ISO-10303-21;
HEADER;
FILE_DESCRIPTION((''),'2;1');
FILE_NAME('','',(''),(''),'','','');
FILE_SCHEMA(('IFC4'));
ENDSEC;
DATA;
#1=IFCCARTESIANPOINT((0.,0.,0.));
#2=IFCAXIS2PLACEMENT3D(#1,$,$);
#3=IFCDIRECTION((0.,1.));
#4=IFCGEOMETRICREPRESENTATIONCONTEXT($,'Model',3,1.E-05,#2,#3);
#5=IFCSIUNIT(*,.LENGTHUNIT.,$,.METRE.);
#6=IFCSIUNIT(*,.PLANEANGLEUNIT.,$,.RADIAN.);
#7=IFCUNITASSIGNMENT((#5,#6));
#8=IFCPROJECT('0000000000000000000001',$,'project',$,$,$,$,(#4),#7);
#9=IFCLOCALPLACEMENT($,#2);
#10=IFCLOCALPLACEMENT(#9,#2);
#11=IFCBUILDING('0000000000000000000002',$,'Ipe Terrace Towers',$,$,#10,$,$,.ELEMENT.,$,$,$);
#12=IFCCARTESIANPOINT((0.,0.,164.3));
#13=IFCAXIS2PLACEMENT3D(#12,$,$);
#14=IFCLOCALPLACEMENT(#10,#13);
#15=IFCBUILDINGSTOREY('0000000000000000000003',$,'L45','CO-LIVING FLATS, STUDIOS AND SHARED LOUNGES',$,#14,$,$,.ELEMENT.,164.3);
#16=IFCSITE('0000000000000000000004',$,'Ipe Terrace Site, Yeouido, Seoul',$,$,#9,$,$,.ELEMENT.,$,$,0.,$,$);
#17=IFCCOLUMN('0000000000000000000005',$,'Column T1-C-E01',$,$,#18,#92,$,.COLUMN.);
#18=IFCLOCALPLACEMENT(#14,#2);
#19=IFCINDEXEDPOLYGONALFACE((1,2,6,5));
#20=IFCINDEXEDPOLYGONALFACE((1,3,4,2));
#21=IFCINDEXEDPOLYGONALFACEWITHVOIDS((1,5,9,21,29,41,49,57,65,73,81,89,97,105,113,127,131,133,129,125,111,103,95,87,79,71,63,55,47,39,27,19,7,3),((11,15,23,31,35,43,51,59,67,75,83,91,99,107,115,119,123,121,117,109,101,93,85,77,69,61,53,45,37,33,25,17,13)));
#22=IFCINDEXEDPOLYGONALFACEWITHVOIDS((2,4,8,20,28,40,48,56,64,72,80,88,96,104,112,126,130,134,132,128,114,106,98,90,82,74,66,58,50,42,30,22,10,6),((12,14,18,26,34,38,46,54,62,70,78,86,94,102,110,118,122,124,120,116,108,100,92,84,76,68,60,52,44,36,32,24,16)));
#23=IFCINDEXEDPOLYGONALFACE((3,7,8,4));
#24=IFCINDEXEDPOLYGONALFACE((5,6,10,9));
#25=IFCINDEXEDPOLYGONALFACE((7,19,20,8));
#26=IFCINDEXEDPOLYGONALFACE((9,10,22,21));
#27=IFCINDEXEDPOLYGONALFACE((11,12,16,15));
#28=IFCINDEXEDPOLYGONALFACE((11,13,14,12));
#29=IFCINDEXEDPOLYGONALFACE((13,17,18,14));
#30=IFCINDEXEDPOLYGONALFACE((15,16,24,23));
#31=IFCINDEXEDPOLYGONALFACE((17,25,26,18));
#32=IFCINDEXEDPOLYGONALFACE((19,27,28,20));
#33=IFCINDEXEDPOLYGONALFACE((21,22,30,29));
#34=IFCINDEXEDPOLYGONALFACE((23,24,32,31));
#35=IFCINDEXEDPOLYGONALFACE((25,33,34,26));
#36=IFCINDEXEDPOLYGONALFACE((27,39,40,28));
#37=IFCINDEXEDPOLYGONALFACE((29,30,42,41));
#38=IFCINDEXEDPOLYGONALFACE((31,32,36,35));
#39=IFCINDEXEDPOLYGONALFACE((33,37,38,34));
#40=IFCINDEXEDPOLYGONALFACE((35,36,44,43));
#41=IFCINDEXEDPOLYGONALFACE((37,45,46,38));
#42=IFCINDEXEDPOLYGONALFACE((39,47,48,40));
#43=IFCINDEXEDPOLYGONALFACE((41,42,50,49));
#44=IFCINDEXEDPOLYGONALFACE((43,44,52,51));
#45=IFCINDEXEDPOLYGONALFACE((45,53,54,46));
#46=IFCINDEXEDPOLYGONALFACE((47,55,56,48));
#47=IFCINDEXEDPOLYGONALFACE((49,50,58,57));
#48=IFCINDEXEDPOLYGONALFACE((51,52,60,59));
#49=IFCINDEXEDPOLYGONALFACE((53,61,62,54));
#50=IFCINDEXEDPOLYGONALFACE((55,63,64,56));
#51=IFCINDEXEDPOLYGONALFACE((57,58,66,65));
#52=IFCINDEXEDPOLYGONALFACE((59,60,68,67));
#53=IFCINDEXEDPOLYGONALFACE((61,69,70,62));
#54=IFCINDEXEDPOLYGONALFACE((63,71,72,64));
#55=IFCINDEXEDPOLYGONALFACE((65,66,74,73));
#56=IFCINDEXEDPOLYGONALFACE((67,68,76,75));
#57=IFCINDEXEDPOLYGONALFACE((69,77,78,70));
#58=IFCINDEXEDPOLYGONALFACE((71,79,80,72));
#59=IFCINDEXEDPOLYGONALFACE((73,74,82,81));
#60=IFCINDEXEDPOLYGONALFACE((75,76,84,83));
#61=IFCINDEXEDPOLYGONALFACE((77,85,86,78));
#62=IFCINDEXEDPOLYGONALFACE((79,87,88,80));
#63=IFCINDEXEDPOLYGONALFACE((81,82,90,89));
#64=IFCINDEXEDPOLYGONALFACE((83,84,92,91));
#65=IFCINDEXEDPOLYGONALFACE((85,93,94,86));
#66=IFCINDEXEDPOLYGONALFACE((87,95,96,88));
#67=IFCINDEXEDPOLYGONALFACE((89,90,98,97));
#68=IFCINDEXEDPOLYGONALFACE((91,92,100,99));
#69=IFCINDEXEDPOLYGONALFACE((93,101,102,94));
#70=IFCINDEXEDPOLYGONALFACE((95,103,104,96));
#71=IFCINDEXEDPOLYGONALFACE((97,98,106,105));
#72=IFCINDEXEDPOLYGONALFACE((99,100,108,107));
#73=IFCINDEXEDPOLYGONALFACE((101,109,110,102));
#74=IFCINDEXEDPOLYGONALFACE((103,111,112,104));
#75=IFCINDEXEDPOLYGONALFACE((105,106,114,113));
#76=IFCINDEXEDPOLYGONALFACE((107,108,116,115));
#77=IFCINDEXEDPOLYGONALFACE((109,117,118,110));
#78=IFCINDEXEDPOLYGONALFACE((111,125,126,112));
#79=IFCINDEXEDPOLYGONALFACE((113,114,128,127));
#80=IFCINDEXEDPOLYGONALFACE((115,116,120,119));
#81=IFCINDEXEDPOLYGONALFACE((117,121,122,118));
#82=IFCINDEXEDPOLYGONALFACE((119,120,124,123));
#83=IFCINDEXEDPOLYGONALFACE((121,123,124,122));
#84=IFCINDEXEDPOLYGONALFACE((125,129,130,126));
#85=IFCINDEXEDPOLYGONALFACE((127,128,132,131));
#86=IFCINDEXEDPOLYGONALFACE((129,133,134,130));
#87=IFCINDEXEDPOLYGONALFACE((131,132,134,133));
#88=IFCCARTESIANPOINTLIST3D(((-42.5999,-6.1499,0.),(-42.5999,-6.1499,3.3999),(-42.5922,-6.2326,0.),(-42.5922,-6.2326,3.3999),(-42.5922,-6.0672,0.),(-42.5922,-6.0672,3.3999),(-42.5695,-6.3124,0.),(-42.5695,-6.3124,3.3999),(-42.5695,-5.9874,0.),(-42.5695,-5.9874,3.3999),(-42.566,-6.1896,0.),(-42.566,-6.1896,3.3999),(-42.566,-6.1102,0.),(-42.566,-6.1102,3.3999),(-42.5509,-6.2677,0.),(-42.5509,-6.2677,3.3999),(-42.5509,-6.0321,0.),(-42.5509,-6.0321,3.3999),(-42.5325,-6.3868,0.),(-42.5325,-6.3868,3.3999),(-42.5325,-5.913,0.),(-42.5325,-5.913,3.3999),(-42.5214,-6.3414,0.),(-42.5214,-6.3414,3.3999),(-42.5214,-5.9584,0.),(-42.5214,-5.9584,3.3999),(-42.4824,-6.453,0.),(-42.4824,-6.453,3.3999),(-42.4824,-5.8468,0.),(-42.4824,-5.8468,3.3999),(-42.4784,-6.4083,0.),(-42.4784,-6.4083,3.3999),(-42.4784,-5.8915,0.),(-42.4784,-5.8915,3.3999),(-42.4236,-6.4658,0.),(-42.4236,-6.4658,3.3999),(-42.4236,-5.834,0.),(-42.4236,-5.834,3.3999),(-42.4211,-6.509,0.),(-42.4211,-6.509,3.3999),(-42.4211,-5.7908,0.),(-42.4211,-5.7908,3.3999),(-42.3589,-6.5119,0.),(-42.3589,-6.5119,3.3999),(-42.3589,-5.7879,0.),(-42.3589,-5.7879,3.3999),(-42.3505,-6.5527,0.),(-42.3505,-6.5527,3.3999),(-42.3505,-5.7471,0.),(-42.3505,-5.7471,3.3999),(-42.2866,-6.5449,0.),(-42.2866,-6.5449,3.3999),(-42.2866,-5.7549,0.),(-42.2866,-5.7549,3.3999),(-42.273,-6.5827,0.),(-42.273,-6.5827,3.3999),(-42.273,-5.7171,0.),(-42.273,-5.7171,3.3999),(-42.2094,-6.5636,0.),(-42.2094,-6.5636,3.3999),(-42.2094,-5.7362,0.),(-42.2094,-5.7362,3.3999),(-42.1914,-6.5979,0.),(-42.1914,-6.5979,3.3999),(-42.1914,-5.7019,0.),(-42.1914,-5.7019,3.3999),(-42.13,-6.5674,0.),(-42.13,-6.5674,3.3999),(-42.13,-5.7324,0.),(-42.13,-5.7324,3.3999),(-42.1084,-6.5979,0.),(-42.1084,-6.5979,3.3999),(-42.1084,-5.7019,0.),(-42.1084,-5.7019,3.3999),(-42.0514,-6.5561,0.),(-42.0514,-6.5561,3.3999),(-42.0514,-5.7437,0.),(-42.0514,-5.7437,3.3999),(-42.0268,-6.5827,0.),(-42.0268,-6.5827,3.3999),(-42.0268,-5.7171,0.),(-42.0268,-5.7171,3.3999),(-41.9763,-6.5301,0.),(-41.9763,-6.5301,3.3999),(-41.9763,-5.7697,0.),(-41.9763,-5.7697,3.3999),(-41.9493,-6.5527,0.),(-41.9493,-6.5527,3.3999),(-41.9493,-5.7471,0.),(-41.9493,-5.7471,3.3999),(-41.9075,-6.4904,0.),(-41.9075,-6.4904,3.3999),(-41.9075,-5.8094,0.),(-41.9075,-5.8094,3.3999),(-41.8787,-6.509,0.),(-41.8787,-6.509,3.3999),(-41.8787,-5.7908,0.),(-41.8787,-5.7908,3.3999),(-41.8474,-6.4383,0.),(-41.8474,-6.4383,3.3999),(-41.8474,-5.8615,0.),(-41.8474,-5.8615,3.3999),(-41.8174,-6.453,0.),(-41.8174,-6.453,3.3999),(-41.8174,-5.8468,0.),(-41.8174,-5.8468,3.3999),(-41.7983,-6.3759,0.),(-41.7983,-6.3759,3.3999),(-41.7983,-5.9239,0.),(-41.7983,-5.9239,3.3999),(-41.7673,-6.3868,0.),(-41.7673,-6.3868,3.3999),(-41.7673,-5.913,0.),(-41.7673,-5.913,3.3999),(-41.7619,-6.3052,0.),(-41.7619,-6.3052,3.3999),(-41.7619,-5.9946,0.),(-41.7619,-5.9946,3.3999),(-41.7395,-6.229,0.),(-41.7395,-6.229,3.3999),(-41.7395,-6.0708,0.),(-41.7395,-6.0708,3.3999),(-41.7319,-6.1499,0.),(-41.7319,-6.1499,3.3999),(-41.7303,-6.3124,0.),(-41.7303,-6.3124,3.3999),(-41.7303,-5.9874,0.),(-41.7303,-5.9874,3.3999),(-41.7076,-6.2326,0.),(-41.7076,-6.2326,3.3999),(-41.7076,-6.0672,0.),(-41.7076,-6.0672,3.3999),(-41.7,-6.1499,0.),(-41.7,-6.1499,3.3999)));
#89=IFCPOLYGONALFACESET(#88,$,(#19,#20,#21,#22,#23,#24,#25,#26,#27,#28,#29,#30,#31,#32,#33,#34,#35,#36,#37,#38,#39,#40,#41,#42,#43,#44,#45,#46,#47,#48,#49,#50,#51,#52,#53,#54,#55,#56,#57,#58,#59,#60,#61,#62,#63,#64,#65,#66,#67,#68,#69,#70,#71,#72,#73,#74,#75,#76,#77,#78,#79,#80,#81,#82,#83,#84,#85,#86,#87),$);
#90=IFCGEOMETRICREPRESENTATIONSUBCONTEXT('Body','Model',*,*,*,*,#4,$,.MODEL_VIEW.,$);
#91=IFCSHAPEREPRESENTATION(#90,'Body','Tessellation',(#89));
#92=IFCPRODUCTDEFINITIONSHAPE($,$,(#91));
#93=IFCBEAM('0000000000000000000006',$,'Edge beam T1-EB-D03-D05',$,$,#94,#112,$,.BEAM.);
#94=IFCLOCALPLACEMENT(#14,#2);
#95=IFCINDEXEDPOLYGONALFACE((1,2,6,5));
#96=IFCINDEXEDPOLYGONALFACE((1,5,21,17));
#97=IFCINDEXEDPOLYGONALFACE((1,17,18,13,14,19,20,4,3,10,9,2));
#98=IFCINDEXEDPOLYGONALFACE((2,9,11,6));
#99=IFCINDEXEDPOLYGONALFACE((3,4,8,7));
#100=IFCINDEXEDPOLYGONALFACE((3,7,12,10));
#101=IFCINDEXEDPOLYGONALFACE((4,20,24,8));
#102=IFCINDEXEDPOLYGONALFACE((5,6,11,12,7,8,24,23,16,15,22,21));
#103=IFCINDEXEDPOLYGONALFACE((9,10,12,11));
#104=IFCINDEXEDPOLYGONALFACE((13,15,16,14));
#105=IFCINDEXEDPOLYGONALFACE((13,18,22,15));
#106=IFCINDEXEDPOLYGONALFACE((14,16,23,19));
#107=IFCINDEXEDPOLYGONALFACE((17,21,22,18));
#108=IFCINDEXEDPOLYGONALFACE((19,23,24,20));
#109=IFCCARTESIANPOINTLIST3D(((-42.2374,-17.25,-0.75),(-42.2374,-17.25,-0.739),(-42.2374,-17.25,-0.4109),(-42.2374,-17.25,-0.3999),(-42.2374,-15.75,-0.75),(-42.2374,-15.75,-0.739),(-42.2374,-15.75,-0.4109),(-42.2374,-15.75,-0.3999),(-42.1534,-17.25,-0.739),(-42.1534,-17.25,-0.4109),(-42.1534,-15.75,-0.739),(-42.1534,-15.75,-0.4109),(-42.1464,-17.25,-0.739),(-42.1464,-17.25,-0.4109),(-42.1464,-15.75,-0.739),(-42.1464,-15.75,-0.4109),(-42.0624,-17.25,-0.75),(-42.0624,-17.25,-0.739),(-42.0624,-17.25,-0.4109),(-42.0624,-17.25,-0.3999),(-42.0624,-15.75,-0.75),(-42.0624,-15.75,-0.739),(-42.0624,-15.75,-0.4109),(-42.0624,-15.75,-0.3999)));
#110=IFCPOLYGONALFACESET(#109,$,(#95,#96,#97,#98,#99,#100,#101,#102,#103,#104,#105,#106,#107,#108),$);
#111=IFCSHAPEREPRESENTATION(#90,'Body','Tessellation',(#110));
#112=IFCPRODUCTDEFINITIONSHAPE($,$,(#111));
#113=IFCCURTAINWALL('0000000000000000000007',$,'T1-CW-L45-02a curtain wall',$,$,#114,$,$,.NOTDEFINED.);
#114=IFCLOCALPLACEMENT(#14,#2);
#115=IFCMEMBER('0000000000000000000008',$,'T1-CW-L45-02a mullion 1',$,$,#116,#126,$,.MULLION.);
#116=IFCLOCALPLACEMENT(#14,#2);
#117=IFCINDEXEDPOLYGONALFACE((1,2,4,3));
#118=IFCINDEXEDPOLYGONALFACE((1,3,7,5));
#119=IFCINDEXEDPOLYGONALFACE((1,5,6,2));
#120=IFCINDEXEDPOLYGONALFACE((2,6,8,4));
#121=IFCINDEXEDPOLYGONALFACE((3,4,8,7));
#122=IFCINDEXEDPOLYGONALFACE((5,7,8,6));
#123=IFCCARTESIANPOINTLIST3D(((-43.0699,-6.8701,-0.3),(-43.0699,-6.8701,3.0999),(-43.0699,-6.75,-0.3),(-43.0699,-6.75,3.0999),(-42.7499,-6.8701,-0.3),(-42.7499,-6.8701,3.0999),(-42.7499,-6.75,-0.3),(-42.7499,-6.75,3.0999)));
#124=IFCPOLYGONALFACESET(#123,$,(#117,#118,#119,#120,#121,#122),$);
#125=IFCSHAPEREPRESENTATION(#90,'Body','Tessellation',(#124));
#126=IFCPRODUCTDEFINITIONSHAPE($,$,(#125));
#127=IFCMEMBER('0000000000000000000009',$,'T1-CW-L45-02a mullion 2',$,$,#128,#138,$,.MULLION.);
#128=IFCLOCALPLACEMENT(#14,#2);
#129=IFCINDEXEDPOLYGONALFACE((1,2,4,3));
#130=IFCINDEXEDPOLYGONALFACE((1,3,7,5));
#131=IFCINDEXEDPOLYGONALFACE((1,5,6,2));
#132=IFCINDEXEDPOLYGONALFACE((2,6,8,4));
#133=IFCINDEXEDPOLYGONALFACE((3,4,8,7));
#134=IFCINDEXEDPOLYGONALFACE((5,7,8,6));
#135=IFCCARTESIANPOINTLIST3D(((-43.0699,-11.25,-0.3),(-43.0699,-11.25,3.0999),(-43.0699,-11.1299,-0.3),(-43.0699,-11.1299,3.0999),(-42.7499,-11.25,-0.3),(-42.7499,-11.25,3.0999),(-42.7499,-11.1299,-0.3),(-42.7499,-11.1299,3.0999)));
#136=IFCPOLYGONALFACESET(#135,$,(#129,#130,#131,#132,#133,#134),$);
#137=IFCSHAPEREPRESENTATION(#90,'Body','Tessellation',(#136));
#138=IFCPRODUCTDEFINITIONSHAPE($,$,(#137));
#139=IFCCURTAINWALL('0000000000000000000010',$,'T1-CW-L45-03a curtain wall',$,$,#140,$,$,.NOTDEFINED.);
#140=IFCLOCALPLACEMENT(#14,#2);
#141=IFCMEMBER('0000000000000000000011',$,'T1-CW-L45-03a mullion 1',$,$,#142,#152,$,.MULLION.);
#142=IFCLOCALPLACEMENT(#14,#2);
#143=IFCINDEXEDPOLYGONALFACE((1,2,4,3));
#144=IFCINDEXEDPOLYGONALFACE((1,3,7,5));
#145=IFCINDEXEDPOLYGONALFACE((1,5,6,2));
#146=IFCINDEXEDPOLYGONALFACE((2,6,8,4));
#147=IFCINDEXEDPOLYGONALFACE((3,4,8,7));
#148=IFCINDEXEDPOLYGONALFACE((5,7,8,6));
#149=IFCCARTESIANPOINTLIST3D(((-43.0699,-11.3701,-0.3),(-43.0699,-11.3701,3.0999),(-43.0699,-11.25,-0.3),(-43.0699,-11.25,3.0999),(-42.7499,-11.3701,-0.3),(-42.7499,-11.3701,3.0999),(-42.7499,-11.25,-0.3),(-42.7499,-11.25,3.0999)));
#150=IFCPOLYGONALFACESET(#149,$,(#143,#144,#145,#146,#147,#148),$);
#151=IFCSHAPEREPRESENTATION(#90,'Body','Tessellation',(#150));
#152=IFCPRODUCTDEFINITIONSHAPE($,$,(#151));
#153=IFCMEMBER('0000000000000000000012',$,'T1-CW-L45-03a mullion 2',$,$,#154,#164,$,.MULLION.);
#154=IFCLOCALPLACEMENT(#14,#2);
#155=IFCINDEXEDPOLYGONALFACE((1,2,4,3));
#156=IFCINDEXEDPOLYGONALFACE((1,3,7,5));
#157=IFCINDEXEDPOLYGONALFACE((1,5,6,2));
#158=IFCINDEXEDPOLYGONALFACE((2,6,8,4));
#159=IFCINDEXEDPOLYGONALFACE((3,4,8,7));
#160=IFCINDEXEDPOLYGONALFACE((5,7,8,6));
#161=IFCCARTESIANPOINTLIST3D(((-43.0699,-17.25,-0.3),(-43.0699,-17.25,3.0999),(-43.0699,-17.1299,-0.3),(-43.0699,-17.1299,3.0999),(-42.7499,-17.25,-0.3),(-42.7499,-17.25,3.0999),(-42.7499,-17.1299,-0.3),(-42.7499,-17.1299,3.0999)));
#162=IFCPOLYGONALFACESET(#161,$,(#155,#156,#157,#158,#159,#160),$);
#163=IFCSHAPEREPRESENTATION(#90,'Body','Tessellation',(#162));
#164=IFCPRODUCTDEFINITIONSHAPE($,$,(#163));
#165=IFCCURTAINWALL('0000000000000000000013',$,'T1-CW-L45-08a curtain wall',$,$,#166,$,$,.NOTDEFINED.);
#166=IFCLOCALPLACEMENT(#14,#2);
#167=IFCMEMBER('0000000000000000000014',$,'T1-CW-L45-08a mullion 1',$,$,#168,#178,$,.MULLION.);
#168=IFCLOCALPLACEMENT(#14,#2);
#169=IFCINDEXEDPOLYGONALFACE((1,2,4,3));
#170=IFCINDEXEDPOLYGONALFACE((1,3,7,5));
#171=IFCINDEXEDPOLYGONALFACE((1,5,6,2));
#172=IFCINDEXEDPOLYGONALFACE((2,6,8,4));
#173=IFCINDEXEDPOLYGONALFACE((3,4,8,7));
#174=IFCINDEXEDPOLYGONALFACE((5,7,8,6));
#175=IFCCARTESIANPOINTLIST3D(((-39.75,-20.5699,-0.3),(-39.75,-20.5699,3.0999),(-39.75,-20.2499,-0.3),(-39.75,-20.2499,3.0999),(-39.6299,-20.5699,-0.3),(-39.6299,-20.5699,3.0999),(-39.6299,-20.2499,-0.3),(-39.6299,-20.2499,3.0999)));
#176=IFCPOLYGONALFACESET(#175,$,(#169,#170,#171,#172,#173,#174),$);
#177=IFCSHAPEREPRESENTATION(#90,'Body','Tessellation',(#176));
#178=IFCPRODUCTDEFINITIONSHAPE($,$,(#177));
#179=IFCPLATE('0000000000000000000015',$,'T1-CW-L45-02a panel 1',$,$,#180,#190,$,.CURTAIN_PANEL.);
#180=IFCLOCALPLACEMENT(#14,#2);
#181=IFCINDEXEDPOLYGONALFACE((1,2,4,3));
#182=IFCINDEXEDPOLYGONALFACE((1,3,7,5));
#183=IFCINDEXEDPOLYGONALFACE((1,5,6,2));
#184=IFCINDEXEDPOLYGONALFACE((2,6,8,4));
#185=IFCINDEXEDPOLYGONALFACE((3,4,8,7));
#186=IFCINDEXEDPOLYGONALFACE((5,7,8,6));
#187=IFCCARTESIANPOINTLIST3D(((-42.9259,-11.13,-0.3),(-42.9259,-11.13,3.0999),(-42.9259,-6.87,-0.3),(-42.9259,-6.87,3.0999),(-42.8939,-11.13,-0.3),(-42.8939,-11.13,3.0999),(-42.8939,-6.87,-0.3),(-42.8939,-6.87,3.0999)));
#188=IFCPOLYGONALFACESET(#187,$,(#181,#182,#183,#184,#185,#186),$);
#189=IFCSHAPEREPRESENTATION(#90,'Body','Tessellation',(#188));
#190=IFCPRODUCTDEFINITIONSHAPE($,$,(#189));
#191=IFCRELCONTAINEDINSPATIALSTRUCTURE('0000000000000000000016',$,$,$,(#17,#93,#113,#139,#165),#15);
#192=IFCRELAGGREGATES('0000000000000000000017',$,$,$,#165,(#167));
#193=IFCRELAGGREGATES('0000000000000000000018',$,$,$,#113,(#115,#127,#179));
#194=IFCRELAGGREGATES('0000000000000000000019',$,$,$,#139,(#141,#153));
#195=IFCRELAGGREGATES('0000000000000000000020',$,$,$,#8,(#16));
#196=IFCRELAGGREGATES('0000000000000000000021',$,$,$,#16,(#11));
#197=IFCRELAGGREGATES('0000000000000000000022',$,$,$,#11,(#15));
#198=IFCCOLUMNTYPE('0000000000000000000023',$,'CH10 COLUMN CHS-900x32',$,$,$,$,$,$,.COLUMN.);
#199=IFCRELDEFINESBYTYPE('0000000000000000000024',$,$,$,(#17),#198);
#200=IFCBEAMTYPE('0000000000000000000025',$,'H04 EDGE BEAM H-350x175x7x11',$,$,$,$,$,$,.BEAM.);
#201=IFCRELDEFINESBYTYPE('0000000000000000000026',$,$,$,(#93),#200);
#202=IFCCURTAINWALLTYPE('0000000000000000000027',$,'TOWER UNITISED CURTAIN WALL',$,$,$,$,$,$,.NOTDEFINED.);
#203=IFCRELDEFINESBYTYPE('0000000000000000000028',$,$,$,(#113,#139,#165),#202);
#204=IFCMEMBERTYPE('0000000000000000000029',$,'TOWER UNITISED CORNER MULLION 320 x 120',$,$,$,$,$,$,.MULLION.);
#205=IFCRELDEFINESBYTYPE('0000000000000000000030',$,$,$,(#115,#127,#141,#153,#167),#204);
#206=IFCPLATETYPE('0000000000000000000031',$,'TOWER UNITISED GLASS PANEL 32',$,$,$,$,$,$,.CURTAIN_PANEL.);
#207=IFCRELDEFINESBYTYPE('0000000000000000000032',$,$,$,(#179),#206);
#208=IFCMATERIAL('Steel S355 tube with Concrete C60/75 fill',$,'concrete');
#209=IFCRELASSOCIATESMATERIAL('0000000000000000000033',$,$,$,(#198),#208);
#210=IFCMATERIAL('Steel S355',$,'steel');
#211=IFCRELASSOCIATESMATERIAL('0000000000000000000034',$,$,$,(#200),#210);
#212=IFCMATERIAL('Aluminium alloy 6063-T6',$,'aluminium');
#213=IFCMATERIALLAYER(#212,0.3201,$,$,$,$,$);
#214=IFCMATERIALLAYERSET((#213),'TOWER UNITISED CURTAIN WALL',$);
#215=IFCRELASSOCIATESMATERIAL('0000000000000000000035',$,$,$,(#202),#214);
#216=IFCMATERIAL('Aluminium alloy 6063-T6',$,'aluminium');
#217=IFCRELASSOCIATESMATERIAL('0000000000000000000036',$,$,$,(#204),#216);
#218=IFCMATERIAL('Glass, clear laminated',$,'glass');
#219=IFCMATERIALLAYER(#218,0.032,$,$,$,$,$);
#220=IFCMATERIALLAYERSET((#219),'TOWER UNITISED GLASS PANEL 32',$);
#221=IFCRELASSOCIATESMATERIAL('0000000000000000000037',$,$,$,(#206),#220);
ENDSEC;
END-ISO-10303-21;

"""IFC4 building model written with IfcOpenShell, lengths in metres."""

from ifc_helpers import new_model, si_unit, direction, frame, origin, origin_2d, place, context, subcontext, project, spatial, rectangle, hollow_circle, i_section, extrude, material, layer, layer_set, material_profile, profile_set, type_object, element, aggregate, save


model = new_model("IFC4")

# Units and contexts
model_context = context("Model", 3, precision=1e-05, world=origin(), true_north=direction((0.0, 1.0)))
body_context = subcontext(model_context, "Body", "Model", "MODEL_VIEW")
ifc_project = project(units=[si_unit("LENGTHUNIT", "METRE"), si_unit("PLANEANGLEUNIT", "RADIAN")], contexts=[model_context])

# Site, building, storey
site_placement = place(None, origin())
site = spatial("IfcSite", under=ifc_project, at=site_placement, Name="Ipe Terrace Site, Yeouido, Seoul", CompositionType="ELEMENT", RefElevation=0.0)
building_placement = place(site_placement, origin())
building = spatial("IfcBuilding", under=site, at=building_placement, Name="Ipe Terrace Towers", CompositionType="ELEMENT")
storey_placement = place(building_placement, frame((0.0, 0.0, 164.3)))
storey = spatial("IfcBuildingStorey", under=building, at=storey_placement, Name="L45", Description="CO-LIVING FLATS, STUDIOS AND SHARED LOUNGES", CompositionType="ELEMENT", Elevation=164.3)

# Column
ifc_material_1 = material(Name="Steel S355 tube with Concrete C60/75 fill", Category="concrete")
ifc_material_profile_1 = material_profile(ifc_material_1, hollow_circle(Radius=0.45, WallThickness=0.032, at=origin_2d()), Name="CHS-900x32")
ifc_profile_set_1 = profile_set([ifc_material_profile_1], Name="Steel S355 tube with Concrete C60/75 fill")
column_type_1 = type_object("IfcColumnType", Name="CH10 COLUMN CHS-900x32", PredefinedType="COLUMN", material=ifc_profile_set_1)
column_placement = place(storey_placement, frame((-42.1499, -6.1499, 0.0), z_axis=(0.0, 0.0, 1.0), x_axis=(1.0, 0.0, 0.0)))
element("IfcColumn", 1, at=column_placement, inside=storey, type_object=column_type_1, Name="Column T1-C-E01", PredefinedType="COLUMN", context=body_context, shape_type="SweptSolid", body=[
    extrude(hollow_circle(Radius=0.45, WallThickness=0.032, at=origin_2d()), origin(), (0.0, 0.0, 1.0), 3.3999),
])

# Beam
ifc_material_2 = material(Name="Steel S355", Category="steel")
ifc_material_profile_2 = material_profile(ifc_material_2, i_section(OverallWidth=0.175, OverallDepth=0.3501, WebThickness=0.0071, FlangeThickness=0.011, at=origin_2d()), Name="H-350x175x7x11")
ifc_profile_set_2 = profile_set([ifc_material_profile_2], Name="Steel S355")
beam_type = type_object("IfcBeamType", Name="H04 EDGE BEAM H-350x175x7x11", PredefinedType="BEAM", material=ifc_profile_set_2)
beam_placement = place(storey_placement, frame((-42.1499, -15.75, -0.575), z_axis=(0.0, -1.0, 0.0), x_axis=(1.0, 0.0, 0.0)))
element("IfcBeam", 2, at=beam_placement, inside=storey, type_object=beam_type, Name="Edge beam T1-EB-D03-D05", PredefinedType="BEAM", context=body_context, shape_type="SweptSolid", body=[
    extrude(i_section(OverallWidth=0.175, OverallDepth=0.3501, WebThickness=0.0071, FlangeThickness=0.011, at=origin_2d()), origin(), (0.0, 0.0, 1.0), 1.5),
])

# Curtain walls, members
ifc_material_3 = material(Name="Aluminium alloy 6063-T6", Category="aluminium")
ifc_layer_1 = layer(ifc_material_3, 0.3201)
ifc_layer_set_1 = layer_set([ifc_layer_1], Name="TOWER UNITISED CURTAIN WALL")
curtain_wall_type = type_object("IfcCurtainWallType", Name="TOWER UNITISED CURTAIN WALL", PredefinedType="NOTDEFINED", material=ifc_layer_set_1)
curtain_wall_1_placement = place(storey_placement, origin())
curtain_wall_1 = element("IfcCurtainWall", 3, at=curtain_wall_1_placement, inside=storey, type_object=curtain_wall_type, Name="T1-CW-L45-02a curtain wall", PredefinedType="NOTDEFINED")
ifc_material_4 = material(Name="Aluminium alloy 6063-T6", Category="aluminium")
ifc_material_profile_3 = material_profile(ifc_material_4, rectangle(XDim=0.3201, YDim=0.1201, at=origin_2d()), Name="TOWER UNITISED CORNER MULLION 320 x 120")
ifc_profile_set_3 = profile_set([ifc_material_profile_3], Name="Aluminium alloy 6063-T6")
member_type = type_object("IfcMemberType", Name="TOWER UNITISED CORNER MULLION 320 x 120", PredefinedType="MULLION", material=ifc_profile_set_3)
member_1_placement = place(storey_placement, frame((-42.9099, -6.8101, -0.3), z_axis=(0.0, 0.0, 1.0), x_axis=(-1.0, 0.0, 0.0)))
member_1 = element("IfcMember", 4, at=member_1_placement, type_object=member_type, Name="T1-CW-L45-02a mullion 1", PredefinedType="MULLION", context=body_context, shape_type="SweptSolid", body=[
    extrude(rectangle(XDim=0.3201, YDim=0.1201, at=origin_2d()), origin(), (0.0, 0.0, 1.0), 3.3999),
])
member_2_placement = place(storey_placement, frame((-42.9099, -11.1899, -0.3), z_axis=(0.0, 0.0, 1.0), x_axis=(-1.0, 0.0, 0.0)))
member_2 = element("IfcMember", 5, at=member_2_placement, type_object=member_type, Name="T1-CW-L45-02a mullion 2", PredefinedType="MULLION", context=body_context, shape_type="SweptSolid", body=[
    extrude(rectangle(XDim=0.3201, YDim=0.1201, at=origin_2d()), origin(), (0.0, 0.0, 1.0), 3.3999),
])
curtain_wall_2_placement = place(storey_placement, origin())
curtain_wall_2 = element("IfcCurtainWall", 6, at=curtain_wall_2_placement, inside=storey, type_object=curtain_wall_type, Name="T1-CW-L45-03a curtain wall", PredefinedType="NOTDEFINED")
member_3_placement = place(storey_placement, frame((-42.9099, -11.3101, -0.3), z_axis=(0.0, 0.0, 1.0), x_axis=(-1.0, 0.0, 0.0)))
member_3 = element("IfcMember", 7, at=member_3_placement, type_object=member_type, Name="T1-CW-L45-03a mullion 1", PredefinedType="MULLION", context=body_context, shape_type="SweptSolid", body=[
    extrude(rectangle(XDim=0.3201, YDim=0.1201, at=origin_2d()), origin(), (0.0, 0.0, 1.0), 3.3999),
])
member_4_placement = place(storey_placement, frame((-42.9099, -17.1899, -0.3), z_axis=(0.0, 0.0, 1.0), x_axis=(-1.0, 0.0, 0.0)))
member_4 = element("IfcMember", 8, at=member_4_placement, type_object=member_type, Name="T1-CW-L45-03a mullion 2", PredefinedType="MULLION", context=body_context, shape_type="SweptSolid", body=[
    extrude(rectangle(XDim=0.3201, YDim=0.1201, at=origin_2d()), origin(), (0.0, 0.0, 1.0), 3.3999),
])

# Curtain wall, member
curtain_wall_3_placement = place(storey_placement, origin())
curtain_wall_3 = element("IfcCurtainWall", 9, at=curtain_wall_3_placement, inside=storey, type_object=curtain_wall_type, Name="T1-CW-L45-08a curtain wall", PredefinedType="NOTDEFINED")
member_5_placement = place(storey_placement, frame((-39.6899, -20.4099, -0.3), z_axis=(0.0, 0.0, 1.0), x_axis=(0.0, -1.0, 0.0)))
member_5 = element("IfcMember", 10, at=member_5_placement, type_object=member_type, Name="T1-CW-L45-08a mullion 1", PredefinedType="MULLION", context=body_context, shape_type="SweptSolid", body=[
    extrude(rectangle(XDim=0.3201, YDim=0.1201, at=origin_2d()), origin(), (0.0, 0.0, 1.0), 3.3999),
])
aggregate(curtain_wall_3, [member_5])

# Plate
ifc_material_5 = material(Name="Glass, clear laminated", Category="glass")
ifc_layer_2 = layer(ifc_material_5, 0.032)
ifc_layer_set_2 = layer_set([ifc_layer_2], Name="TOWER UNITISED GLASS PANEL 32")
plate_type = type_object("IfcPlateType", Name="TOWER UNITISED GLASS PANEL 32", PredefinedType="CURTAIN_PANEL", material=ifc_layer_set_2)
plate_1_placement = place(storey_placement, frame((-42.9099, -9.0, -0.3), z_axis=(0.0, 0.0, 1.0), x_axis=(0.0, -1.0, 0.0)))
plate_1 = element("IfcPlate", 11, at=plate_1_placement, type_object=plate_type, Name="T1-CW-L45-02a panel 1", PredefinedType="CURTAIN_PANEL", context=body_context, shape_type="SweptSolid", body=[
    extrude(rectangle(XDim=4.26, YDim=0.032, at=origin_2d()), origin(), (0.0, 0.0, 1.0), 3.3999),
])
aggregate(curtain_wall_1, [member_1, member_2, plate_1])
aggregate(curtain_wall_2, [member_3, member_4])

save(model, "model.ifc")
